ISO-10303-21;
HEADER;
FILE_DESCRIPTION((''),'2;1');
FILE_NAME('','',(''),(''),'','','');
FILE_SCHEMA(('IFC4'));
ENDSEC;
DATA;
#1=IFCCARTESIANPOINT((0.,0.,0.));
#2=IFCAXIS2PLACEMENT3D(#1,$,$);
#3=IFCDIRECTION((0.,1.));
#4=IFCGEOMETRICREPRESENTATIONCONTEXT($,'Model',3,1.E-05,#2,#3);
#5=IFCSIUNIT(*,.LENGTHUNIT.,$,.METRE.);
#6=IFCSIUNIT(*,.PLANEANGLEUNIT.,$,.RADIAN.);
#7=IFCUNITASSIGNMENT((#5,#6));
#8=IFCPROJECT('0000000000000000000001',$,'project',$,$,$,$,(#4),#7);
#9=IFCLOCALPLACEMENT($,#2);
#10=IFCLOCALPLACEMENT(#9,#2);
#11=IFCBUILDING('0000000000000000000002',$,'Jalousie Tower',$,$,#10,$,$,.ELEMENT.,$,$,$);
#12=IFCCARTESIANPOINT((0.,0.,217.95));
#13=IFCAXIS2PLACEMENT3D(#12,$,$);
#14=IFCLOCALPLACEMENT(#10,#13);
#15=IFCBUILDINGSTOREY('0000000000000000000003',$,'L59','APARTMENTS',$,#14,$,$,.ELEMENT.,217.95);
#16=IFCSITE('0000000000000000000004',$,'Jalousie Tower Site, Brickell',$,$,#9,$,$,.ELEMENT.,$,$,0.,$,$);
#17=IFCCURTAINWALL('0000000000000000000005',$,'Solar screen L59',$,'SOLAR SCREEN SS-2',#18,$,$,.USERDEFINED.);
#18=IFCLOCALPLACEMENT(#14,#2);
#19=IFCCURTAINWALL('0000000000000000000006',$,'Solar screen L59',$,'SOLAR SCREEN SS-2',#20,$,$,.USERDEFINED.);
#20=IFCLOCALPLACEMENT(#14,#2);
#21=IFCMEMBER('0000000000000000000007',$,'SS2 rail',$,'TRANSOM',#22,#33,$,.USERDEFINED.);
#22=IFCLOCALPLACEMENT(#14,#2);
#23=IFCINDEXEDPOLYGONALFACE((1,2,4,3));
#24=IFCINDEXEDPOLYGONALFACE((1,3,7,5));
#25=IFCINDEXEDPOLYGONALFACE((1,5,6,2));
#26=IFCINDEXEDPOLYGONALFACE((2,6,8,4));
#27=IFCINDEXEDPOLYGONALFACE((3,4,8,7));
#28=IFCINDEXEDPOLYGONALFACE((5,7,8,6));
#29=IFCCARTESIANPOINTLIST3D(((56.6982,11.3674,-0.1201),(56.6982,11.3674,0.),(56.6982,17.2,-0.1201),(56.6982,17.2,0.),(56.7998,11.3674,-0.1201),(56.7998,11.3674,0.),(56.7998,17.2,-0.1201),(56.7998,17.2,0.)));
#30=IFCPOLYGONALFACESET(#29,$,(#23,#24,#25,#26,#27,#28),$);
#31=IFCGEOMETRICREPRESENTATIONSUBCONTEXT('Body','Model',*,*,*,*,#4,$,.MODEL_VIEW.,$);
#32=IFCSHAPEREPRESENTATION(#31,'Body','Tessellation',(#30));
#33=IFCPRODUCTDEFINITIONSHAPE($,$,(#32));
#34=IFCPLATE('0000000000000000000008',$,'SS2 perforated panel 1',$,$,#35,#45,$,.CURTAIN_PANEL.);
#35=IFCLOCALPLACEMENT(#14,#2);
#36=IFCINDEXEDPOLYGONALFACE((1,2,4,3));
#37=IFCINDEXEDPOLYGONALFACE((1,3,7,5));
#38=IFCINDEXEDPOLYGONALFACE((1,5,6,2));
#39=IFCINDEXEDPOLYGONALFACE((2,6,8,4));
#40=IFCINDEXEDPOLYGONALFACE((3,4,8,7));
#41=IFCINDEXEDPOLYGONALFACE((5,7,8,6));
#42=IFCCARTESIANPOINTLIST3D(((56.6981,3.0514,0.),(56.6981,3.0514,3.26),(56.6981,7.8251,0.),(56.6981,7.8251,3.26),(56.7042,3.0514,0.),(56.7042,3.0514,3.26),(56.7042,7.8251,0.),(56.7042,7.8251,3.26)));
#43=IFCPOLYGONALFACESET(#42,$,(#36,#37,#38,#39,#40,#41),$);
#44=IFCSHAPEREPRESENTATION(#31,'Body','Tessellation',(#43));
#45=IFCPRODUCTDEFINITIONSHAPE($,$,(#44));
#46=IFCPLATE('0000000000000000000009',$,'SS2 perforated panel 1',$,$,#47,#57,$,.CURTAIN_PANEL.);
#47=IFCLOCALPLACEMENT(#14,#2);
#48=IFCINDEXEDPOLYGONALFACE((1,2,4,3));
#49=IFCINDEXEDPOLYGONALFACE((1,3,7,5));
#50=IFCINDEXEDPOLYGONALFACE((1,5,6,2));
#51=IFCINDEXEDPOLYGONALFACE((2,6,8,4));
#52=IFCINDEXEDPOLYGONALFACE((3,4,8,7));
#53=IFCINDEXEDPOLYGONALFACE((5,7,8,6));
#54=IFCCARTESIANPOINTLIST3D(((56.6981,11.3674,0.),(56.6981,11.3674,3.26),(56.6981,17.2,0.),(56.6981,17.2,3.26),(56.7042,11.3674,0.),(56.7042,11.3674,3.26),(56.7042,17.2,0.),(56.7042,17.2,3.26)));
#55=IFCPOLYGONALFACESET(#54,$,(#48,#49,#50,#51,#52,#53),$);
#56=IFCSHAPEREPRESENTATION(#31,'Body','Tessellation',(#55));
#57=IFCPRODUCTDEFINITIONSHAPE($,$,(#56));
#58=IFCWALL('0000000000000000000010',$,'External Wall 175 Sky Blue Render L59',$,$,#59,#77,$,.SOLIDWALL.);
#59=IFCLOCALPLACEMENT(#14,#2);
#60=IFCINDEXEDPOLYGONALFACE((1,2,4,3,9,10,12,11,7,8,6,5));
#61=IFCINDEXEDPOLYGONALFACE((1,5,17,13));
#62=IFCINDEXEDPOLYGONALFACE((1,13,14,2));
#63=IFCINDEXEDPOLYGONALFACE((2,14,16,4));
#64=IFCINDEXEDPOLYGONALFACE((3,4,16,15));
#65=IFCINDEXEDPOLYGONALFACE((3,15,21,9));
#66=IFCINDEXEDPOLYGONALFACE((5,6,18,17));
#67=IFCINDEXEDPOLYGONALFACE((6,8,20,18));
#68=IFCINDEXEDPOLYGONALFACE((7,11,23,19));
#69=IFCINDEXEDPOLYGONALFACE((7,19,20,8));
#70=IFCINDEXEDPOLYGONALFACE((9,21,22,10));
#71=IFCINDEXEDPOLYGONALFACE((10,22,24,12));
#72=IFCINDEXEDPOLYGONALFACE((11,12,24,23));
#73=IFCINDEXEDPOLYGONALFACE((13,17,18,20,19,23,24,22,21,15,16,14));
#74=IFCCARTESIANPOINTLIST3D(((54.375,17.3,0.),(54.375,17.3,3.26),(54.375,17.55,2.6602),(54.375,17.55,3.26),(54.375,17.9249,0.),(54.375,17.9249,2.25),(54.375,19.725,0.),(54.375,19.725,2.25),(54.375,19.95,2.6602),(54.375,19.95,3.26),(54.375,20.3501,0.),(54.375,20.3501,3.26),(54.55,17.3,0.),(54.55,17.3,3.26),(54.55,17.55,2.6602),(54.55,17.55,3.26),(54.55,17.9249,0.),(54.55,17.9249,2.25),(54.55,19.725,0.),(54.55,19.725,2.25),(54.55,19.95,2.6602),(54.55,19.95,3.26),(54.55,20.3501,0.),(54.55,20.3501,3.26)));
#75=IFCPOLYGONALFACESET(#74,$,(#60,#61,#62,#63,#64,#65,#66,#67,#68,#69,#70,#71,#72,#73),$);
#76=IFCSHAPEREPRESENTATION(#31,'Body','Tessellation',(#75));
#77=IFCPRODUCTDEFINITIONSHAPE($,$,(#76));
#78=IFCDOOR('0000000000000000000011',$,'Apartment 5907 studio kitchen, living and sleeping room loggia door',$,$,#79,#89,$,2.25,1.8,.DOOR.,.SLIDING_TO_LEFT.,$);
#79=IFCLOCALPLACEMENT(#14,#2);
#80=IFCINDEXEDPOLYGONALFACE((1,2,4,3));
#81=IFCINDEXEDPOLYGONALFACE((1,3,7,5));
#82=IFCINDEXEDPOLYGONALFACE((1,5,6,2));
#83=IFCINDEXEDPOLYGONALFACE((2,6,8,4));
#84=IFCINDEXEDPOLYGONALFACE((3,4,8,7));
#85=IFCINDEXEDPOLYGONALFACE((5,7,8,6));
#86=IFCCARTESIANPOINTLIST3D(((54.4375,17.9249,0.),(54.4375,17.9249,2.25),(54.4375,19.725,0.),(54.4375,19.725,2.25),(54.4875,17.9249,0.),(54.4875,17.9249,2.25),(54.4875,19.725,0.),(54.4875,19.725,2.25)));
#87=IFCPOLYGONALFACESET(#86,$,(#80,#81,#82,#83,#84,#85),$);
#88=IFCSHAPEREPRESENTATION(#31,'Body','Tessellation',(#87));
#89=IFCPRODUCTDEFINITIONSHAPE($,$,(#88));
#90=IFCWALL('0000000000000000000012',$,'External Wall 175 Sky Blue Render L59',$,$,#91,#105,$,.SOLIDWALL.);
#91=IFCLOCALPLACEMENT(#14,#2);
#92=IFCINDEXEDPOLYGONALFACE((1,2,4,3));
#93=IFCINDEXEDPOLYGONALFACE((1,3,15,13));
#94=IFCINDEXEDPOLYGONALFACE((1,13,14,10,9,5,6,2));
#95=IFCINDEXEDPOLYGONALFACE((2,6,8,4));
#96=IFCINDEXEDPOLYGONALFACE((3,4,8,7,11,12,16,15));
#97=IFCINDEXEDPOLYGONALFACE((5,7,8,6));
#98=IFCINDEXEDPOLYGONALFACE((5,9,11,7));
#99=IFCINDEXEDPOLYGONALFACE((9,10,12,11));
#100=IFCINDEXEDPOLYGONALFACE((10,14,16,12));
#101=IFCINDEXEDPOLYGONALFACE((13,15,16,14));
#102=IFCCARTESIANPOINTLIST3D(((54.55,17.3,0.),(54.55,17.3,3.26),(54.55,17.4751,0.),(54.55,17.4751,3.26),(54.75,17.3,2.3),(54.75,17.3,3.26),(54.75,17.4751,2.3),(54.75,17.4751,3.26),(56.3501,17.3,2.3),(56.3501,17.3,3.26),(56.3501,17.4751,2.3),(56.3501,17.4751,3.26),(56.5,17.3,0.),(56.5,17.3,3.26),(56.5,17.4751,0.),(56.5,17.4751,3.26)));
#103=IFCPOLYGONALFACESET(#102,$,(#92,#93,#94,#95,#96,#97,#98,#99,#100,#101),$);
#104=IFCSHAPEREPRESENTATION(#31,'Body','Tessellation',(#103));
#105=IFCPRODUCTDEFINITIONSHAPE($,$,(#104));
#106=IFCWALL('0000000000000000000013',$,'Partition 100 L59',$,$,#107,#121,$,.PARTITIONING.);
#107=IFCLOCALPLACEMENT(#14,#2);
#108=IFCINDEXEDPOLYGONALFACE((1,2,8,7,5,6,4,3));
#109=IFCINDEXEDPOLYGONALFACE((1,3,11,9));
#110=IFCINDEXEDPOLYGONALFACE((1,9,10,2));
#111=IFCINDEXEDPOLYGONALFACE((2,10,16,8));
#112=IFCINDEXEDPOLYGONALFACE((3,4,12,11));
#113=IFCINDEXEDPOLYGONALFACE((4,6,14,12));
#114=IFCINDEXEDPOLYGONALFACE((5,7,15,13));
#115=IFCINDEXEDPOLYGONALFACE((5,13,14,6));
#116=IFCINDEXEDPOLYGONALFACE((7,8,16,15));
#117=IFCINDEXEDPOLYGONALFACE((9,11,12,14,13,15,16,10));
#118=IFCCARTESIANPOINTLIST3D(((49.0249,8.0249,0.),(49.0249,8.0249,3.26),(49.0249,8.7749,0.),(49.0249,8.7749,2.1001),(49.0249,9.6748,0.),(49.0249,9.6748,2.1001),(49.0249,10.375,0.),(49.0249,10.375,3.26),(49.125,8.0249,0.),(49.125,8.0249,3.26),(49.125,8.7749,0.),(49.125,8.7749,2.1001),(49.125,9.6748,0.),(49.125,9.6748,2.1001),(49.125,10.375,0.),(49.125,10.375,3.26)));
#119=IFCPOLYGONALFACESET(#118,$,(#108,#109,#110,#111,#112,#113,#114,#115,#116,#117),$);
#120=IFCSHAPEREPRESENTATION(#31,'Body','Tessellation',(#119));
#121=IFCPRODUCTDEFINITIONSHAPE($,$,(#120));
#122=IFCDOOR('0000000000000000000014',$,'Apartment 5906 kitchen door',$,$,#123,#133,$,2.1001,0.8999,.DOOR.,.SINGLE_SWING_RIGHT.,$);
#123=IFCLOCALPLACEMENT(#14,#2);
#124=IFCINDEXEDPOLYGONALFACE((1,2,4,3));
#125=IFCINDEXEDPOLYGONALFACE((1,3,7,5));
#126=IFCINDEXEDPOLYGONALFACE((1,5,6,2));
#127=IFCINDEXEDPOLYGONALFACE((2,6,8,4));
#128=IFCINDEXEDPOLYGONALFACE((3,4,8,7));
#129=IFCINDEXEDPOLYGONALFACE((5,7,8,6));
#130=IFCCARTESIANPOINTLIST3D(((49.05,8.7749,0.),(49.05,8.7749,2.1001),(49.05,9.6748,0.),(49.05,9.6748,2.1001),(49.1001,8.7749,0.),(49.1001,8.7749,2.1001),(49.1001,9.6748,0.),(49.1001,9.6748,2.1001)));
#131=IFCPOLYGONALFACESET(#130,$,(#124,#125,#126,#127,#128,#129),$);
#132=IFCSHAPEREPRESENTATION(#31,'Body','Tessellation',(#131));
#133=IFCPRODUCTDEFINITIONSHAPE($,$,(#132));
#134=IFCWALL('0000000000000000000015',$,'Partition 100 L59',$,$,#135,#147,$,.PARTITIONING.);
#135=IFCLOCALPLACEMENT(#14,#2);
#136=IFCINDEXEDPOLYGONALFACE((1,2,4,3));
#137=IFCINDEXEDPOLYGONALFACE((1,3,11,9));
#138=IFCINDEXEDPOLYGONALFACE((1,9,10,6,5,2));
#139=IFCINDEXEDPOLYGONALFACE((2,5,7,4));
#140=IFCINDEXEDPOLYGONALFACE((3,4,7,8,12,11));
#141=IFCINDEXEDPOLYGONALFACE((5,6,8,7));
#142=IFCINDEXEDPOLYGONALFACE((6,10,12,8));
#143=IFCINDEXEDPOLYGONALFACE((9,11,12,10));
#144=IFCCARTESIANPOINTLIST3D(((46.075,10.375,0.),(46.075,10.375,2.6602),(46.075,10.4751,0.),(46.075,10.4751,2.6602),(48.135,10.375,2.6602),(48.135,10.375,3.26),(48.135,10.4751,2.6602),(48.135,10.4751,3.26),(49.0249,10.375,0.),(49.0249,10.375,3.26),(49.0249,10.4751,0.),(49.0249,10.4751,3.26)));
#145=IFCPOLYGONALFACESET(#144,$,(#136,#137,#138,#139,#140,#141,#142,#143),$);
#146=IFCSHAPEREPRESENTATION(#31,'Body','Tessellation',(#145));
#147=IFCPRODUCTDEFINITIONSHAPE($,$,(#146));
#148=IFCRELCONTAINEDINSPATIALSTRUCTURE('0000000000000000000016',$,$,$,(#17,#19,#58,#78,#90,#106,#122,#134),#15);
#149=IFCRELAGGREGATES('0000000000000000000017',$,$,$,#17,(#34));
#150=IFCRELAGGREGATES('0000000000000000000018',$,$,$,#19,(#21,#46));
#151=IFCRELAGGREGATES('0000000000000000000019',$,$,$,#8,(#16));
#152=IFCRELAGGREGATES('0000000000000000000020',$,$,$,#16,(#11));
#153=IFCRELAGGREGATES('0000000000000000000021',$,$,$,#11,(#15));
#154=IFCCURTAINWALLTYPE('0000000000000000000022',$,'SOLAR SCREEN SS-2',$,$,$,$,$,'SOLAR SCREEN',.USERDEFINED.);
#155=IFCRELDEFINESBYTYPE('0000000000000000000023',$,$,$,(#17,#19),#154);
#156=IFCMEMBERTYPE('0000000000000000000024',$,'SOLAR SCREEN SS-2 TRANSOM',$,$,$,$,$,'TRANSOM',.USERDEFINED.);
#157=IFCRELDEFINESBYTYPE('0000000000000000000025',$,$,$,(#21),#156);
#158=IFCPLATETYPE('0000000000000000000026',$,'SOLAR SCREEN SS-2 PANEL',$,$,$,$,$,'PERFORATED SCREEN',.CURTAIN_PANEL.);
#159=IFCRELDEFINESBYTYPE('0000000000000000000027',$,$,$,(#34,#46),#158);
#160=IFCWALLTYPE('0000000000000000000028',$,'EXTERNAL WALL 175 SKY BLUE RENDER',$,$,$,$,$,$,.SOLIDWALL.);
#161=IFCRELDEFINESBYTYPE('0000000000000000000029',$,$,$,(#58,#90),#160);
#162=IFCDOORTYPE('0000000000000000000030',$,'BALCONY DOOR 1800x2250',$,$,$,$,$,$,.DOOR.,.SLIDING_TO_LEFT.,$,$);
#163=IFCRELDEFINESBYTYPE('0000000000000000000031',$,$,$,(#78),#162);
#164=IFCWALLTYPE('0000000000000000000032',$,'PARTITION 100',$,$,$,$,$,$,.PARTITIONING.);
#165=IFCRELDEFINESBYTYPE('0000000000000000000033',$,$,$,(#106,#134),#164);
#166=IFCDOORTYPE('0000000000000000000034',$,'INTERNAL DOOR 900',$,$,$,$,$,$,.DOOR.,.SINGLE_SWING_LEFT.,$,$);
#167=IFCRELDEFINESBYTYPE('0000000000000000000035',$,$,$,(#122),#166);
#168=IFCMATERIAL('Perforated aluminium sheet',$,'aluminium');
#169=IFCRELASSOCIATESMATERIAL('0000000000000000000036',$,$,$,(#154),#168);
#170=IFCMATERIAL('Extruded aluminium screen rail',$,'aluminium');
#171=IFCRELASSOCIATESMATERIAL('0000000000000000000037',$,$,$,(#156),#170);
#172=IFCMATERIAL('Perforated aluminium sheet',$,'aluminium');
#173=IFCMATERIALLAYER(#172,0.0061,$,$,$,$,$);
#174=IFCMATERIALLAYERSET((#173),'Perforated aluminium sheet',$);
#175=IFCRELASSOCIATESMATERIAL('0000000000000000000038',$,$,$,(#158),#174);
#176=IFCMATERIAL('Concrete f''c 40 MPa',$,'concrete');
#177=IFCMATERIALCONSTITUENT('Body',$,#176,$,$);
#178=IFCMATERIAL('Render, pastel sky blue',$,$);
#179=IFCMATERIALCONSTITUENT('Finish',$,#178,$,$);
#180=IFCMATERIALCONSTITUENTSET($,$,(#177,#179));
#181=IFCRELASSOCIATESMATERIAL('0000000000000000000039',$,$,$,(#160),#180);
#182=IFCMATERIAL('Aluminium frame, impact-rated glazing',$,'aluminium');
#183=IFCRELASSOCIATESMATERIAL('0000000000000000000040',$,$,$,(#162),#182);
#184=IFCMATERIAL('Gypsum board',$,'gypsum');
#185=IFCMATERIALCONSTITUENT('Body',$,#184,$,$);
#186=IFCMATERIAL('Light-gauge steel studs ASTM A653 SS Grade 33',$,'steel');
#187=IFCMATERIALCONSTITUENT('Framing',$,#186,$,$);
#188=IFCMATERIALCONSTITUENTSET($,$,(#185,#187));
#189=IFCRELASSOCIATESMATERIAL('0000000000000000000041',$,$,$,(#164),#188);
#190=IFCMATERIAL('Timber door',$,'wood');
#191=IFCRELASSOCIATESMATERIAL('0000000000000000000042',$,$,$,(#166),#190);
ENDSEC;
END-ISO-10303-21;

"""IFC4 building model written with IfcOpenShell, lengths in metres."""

from ifc_helpers import new_model, si_unit, direction, frame, frame_2d, origin, origin_2d, place, context, subcontext, project, spatial, polyline, rectangle, outline, extrude, material, layer, layer_set, constituent, constituent_set, material_profile, profile_set, type_object, element, fill, aggregate, save


model = new_model("IFC4")

# Units and contexts
model_context = context("Model", 3, precision=1e-05, world=origin(), true_north=direction((0.0, 1.0)))
body_context = subcontext(model_context, "Body", "Model", "MODEL_VIEW")
ifc_project = project(units=[si_unit("LENGTHUNIT", "METRE"), si_unit("PLANEANGLEUNIT", "RADIAN")], contexts=[model_context])

# Site, building, storey
site_placement = place(None, origin())
site = spatial("IfcSite", under=ifc_project, at=site_placement, Name="Jalousie Tower Site, Brickell", CompositionType="ELEMENT", RefElevation=0.0)
building_placement = place(site_placement, origin())
building = spatial("IfcBuilding", under=site, at=building_placement, Name="Jalousie Tower", CompositionType="ELEMENT")
storey_placement = place(building_placement, frame((0.0, 0.0, 217.95)))
storey = spatial("IfcBuildingStorey", under=building, at=storey_placement, Name="L59", Description="APARTMENTS", CompositionType="ELEMENT", Elevation=217.95)

# Curtain wall
ifc_material_1 = material(Name="Perforated aluminium sheet", Category="aluminium")
curtain_wall_type = type_object("IfcCurtainWallType", Name="SOLAR SCREEN SS-2", ElementType="SOLAR SCREEN", PredefinedType="USERDEFINED", material=ifc_material_1)
curtain_wall_1_placement = place(storey_placement, origin())
curtain_wall_1 = element("IfcCurtainWall", 1, at=curtain_wall_1_placement, inside=storey, type_object=curtain_wall_type, Name="Solar screen L59", ObjectType="SOLAR SCREEN SS-2", PredefinedType="USERDEFINED")

# Curtain wall, member
curtain_wall_2_placement = place(storey_placement, origin())
curtain_wall_2 = element("IfcCurtainWall", 2, at=curtain_wall_2_placement, inside=storey, type_object=curtain_wall_type, Name="Solar screen L59", ObjectType="SOLAR SCREEN SS-2", PredefinedType="USERDEFINED")
ifc_material_2 = material(Name="Extruded aluminium screen rail", Category="aluminium")
ifc_material_profile_1 = material_profile(ifc_material_2, rectangle(XDim=0.1016, YDim=0.1201, at=origin_2d()), Name="RAIL 102x120")
ifc_profile_set_1 = profile_set([ifc_material_profile_1], Name="Extruded aluminium screen rail")
member_type_1 = type_object("IfcMemberType", Name="SOLAR SCREEN SS-2 TRANSOM", ElementType="TRANSOM", PredefinedType="USERDEFINED", material=ifc_profile_set_1)
member_1_placement = place(storey_placement, frame((56.749, 11.3674, -0.0601), z_axis=(0.0, 1.0, 0.0), x_axis=(-1.0, 0.0, 0.0)))
member_1 = element("IfcMember", 3, at=member_1_placement, type_object=member_type_1, Name="SS2 rail", ObjectType="TRANSOM", PredefinedType="USERDEFINED", context=body_context, shape_type="SweptSolid", body=[
    extrude(rectangle(XDim=0.1016, YDim=0.1201, at=origin_2d()), origin(), (0.0, 0.0, 1.0), 5.8325),
])

# Plates
ifc_material_3 = material(Name="Perforated aluminium sheet", Category="aluminium")
ifc_layer_1 = layer(ifc_material_3, 0.0061)
ifc_layer_set_1 = layer_set([ifc_layer_1], Name="Perforated aluminium sheet")
plate_type = type_object("IfcPlateType", Name="SOLAR SCREEN SS-2 PANEL", ElementType="PERFORATED SCREEN", PredefinedType="CURTAIN_PANEL", material=ifc_layer_set_1)
plate_1_placement = place(storey_placement, frame((56.7012, 5.4382, 0.0), z_axis=(0.0, 0.0, 1.0), x_axis=(0.0, 1.0, 0.0)))
plate_1 = element("IfcPlate", 4, at=plate_1_placement, type_object=plate_type, Name="SS2 perforated panel 1", PredefinedType="CURTAIN_PANEL", context=body_context, shape_type="SweptSolid", body=[
    extrude(rectangle(XDim=4.7737, YDim=0.0061, at=origin_2d()), origin(), (0.0, 0.0, 1.0), 3.26),
])
aggregate(curtain_wall_1, [plate_1])
plate_2_placement = place(storey_placement, frame((56.7012, 14.2837, 0.0), z_axis=(0.0, 0.0, 1.0), x_axis=(0.0, 1.0, 0.0)))
plate_2 = element("IfcPlate", 5, at=plate_2_placement, type_object=plate_type, Name="SS2 perforated panel 1", PredefinedType="CURTAIN_PANEL", context=body_context, shape_type="SweptSolid", body=[
    extrude(rectangle(XDim=5.8325, YDim=0.0061, at=origin_2d()), origin(), (0.0, 0.0, 1.0), 3.26),
])
aggregate(curtain_wall_2, [member_1, plate_2])

# Wall, opening, door
ifc_material_4 = material(Name="Concrete f'c 40 MPa", Category="concrete")
ifc_constituent_1 = constituent(ifc_material_4, Name="Body")
ifc_material_5 = material(Name="Render, pastel sky blue")
ifc_constituent_2 = constituent(ifc_material_5, Name="Finish")
ifc_constituent_set_1 = constituent_set(constituents=[ifc_constituent_1, ifc_constituent_2])
wall_type_1 = type_object("IfcWallType", Name="EXTERNAL WALL 175 SKY BLUE RENDER", PredefinedType="SOLIDWALL", material=ifc_constituent_set_1)
wall_1_placement = place(storey_placement, frame((54.4624, 17.3, 0.0), z_axis=(0.0, 0.0, 1.0), x_axis=(0.0, 1.0, 0.0)))
wall_1 = element("IfcWall", 6, at=wall_1_placement, inside=storey, type_object=wall_type_1, Name="External Wall 175 Sky Blue Render L59", PredefinedType="SOLIDWALL", context=body_context, shape_type="SweptSolid", body=[
    extrude(outline(polyline([(0.0, 0.0), (3.05, 0.0), (3.05, 3.26), (2.6499, 3.26), (2.6499, 2.6602), (0.25, 2.6602), (0.25, 3.26), (0.0, 3.26), (0.0, 0.0)])), frame((0.0, 0.0874, 0.0), z_axis=(0.0, -1.0, 0.0), x_axis=(1.0, 0.0, 0.0)), (0.0, 0.0, 1.0), 0.175),
])
opening_1_placement = place(wall_1_placement, frame((0.625, 0.0, 0.0)))
opening_1 = element("IfcOpeningElement", 7, at=opening_1_placement, cuts=wall_1, PredefinedType="OPENING", context=body_context, shape_type="SweptSolid", body=[
    extrude(rectangle(XDim=1.8, YDim=2.25, at=frame_2d((0.8999, 1.125))), frame((0.0, 0.0974, 0.0), z_axis=(0.0, -1.0, 0.0), x_axis=(1.0, 0.0, 0.0)), (0.0, 0.0, 1.0), 0.1951),
])
ifc_material_6 = material(Name="Aluminium frame, impact-rated glazing", Category="aluminium")
door_type_1 = type_object("IfcDoorType", Name="BALCONY DOOR 1800x2250", OperationType="SLIDING_TO_LEFT", PredefinedType="DOOR", material=ifc_material_6)
door_1_placement = place(opening_1_placement, origin())
door_1 = element("IfcDoor", 8, at=door_1_placement, inside=storey, type_object=door_type_1, Name="Apartment 5907 studio kitchen, living and sleeping room loggia door", OperationType="SLIDING_TO_LEFT", OverallHeight=2.25, OverallWidth=1.8, PredefinedType="DOOR", context=body_context, shape_type="SweptSolid", body=[
    extrude(rectangle(XDim=1.8, YDim=2.25, at=frame_2d((0.8999, 1.125))), frame((0.0, 0.0249, 0.0), z_axis=(0.0, -1.0, 0.0), x_axis=(1.0, 0.0, 0.0)), (0.0, 0.0, 1.0), 0.05),
])
fill(opening_1, door_1)

# Wall
wall_2_placement = place(storey_placement, frame((56.5, 17.3875, 0.0), z_axis=(0.0, 0.0, 1.0), x_axis=(-1.0, 0.0, 0.0)))
element("IfcWall", 9, at=wall_2_placement, inside=storey, type_object=wall_type_1, Name="External Wall 175 Sky Blue Render L59", PredefinedType="SOLIDWALL", context=body_context, shape_type="SweptSolid", body=[
    extrude(outline(polyline([(0.0, 0.0), (1.95, 0.0), (1.95, 3.26), (1.75, 3.26), (1.75, 2.3), (0.1499, 2.3), (0.1499, 3.26), (0.0, 3.26), (0.0, 0.0)])), frame((0.0, 0.0874, 0.0), z_axis=(0.0, -1.0, 0.0), x_axis=(1.0, 0.0, 0.0)), (0.0, 0.0, 1.0), 0.175),
])

# Wall, opening, door
ifc_material_7 = material(Name="Gypsum board", Category="gypsum")
ifc_constituent_3 = constituent(ifc_material_7, Name="Body")
ifc_material_8 = material(Name="Light-gauge steel studs ASTM A653 SS Grade 33", Category="steel")
ifc_constituent_4 = constituent(ifc_material_8, Name="Framing")
ifc_constituent_set_2 = constituent_set(constituents=[ifc_constituent_3, ifc_constituent_4])
wall_type_2 = type_object("IfcWallType", Name="PARTITION 100", PredefinedType="PARTITIONING", material=ifc_constituent_set_2)
wall_3_placement = place(storey_placement, frame((49.075, 8.0249, 0.0), z_axis=(0.0, 0.0, 1.0), x_axis=(0.0, 1.0, 0.0)))
wall_3 = element("IfcWall", 10, at=wall_3_placement, inside=storey, type_object=wall_type_2, Name="Partition 100 L59", PredefinedType="PARTITIONING", context=body_context, shape_type="SweptSolid", body=[
    extrude(rectangle(XDim=2.3501, YDim=0.1001, at=frame_2d((1.175, 0.0))), origin(), (0.0, 0.0, 1.0), 3.26),
])
opening_2_placement = place(wall_3_placement, frame((0.75, 0.0, 0.0)))
opening_2 = element("IfcOpeningElement", 11, at=opening_2_placement, cuts=wall_3, PredefinedType="OPENING", context=body_context, shape_type="SweptSolid", body=[
    extrude(rectangle(XDim=0.8999, YDim=2.1001, at=frame_2d((0.45, 1.05))), frame((0.0, 0.0601, 0.0), z_axis=(0.0, -1.0, 0.0), x_axis=(1.0, 0.0, 0.0)), (0.0, 0.0, 1.0), 0.1201),
])
ifc_material_9 = material(Name="Timber door", Category="wood")
door_type_2 = type_object("IfcDoorType", Name="INTERNAL DOOR 900", OperationType="SINGLE_SWING_LEFT", PredefinedType="DOOR", material=ifc_material_9)
door_2_placement = place(opening_2_placement, origin())
door_2 = element("IfcDoor", 12, at=door_2_placement, inside=storey, type_object=door_type_2, Name="Apartment 5906 kitchen door", OperationType="SINGLE_SWING_RIGHT", OverallHeight=2.1001, OverallWidth=0.8999, PredefinedType="DOOR", context=body_context, shape_type="SweptSolid", body=[
    extrude(rectangle(XDim=0.8999, YDim=2.1001, at=frame_2d((0.45, 1.05))), frame((0.0, 0.0249, 0.0), z_axis=(0.0, -1.0, 0.0), x_axis=(1.0, 0.0, 0.0)), (0.0, 0.0, 1.0), 0.05),
])
fill(opening_2, door_2)

# Wall
wall_4_placement = place(storey_placement, frame((49.0249, 10.425, 0.0), z_axis=(0.0, 0.0, 1.0), x_axis=(-1.0, 0.0, 0.0)))
element("IfcWall", 13, at=wall_4_placement, inside=storey, type_object=wall_type_2, Name="Partition 100 L59", PredefinedType="PARTITIONING", context=body_context, shape_type="SweptSolid", body=[
    extrude(outline(polyline([(0.0, 0.0), (2.95, 0.0), (2.95, 3.26), (2.95, 2.6602), (0.8899, 2.6602), (0.8899, 3.26), (0.0, 3.26), (0.0, 0.0)])), frame((0.0, 0.05, 0.0), z_axis=(0.0, -1.0, 0.0), x_axis=(1.0, 0.0, 0.0)), (0.0, 0.0, 1.0), 0.1001),
])

save(model, "model.ifc")
